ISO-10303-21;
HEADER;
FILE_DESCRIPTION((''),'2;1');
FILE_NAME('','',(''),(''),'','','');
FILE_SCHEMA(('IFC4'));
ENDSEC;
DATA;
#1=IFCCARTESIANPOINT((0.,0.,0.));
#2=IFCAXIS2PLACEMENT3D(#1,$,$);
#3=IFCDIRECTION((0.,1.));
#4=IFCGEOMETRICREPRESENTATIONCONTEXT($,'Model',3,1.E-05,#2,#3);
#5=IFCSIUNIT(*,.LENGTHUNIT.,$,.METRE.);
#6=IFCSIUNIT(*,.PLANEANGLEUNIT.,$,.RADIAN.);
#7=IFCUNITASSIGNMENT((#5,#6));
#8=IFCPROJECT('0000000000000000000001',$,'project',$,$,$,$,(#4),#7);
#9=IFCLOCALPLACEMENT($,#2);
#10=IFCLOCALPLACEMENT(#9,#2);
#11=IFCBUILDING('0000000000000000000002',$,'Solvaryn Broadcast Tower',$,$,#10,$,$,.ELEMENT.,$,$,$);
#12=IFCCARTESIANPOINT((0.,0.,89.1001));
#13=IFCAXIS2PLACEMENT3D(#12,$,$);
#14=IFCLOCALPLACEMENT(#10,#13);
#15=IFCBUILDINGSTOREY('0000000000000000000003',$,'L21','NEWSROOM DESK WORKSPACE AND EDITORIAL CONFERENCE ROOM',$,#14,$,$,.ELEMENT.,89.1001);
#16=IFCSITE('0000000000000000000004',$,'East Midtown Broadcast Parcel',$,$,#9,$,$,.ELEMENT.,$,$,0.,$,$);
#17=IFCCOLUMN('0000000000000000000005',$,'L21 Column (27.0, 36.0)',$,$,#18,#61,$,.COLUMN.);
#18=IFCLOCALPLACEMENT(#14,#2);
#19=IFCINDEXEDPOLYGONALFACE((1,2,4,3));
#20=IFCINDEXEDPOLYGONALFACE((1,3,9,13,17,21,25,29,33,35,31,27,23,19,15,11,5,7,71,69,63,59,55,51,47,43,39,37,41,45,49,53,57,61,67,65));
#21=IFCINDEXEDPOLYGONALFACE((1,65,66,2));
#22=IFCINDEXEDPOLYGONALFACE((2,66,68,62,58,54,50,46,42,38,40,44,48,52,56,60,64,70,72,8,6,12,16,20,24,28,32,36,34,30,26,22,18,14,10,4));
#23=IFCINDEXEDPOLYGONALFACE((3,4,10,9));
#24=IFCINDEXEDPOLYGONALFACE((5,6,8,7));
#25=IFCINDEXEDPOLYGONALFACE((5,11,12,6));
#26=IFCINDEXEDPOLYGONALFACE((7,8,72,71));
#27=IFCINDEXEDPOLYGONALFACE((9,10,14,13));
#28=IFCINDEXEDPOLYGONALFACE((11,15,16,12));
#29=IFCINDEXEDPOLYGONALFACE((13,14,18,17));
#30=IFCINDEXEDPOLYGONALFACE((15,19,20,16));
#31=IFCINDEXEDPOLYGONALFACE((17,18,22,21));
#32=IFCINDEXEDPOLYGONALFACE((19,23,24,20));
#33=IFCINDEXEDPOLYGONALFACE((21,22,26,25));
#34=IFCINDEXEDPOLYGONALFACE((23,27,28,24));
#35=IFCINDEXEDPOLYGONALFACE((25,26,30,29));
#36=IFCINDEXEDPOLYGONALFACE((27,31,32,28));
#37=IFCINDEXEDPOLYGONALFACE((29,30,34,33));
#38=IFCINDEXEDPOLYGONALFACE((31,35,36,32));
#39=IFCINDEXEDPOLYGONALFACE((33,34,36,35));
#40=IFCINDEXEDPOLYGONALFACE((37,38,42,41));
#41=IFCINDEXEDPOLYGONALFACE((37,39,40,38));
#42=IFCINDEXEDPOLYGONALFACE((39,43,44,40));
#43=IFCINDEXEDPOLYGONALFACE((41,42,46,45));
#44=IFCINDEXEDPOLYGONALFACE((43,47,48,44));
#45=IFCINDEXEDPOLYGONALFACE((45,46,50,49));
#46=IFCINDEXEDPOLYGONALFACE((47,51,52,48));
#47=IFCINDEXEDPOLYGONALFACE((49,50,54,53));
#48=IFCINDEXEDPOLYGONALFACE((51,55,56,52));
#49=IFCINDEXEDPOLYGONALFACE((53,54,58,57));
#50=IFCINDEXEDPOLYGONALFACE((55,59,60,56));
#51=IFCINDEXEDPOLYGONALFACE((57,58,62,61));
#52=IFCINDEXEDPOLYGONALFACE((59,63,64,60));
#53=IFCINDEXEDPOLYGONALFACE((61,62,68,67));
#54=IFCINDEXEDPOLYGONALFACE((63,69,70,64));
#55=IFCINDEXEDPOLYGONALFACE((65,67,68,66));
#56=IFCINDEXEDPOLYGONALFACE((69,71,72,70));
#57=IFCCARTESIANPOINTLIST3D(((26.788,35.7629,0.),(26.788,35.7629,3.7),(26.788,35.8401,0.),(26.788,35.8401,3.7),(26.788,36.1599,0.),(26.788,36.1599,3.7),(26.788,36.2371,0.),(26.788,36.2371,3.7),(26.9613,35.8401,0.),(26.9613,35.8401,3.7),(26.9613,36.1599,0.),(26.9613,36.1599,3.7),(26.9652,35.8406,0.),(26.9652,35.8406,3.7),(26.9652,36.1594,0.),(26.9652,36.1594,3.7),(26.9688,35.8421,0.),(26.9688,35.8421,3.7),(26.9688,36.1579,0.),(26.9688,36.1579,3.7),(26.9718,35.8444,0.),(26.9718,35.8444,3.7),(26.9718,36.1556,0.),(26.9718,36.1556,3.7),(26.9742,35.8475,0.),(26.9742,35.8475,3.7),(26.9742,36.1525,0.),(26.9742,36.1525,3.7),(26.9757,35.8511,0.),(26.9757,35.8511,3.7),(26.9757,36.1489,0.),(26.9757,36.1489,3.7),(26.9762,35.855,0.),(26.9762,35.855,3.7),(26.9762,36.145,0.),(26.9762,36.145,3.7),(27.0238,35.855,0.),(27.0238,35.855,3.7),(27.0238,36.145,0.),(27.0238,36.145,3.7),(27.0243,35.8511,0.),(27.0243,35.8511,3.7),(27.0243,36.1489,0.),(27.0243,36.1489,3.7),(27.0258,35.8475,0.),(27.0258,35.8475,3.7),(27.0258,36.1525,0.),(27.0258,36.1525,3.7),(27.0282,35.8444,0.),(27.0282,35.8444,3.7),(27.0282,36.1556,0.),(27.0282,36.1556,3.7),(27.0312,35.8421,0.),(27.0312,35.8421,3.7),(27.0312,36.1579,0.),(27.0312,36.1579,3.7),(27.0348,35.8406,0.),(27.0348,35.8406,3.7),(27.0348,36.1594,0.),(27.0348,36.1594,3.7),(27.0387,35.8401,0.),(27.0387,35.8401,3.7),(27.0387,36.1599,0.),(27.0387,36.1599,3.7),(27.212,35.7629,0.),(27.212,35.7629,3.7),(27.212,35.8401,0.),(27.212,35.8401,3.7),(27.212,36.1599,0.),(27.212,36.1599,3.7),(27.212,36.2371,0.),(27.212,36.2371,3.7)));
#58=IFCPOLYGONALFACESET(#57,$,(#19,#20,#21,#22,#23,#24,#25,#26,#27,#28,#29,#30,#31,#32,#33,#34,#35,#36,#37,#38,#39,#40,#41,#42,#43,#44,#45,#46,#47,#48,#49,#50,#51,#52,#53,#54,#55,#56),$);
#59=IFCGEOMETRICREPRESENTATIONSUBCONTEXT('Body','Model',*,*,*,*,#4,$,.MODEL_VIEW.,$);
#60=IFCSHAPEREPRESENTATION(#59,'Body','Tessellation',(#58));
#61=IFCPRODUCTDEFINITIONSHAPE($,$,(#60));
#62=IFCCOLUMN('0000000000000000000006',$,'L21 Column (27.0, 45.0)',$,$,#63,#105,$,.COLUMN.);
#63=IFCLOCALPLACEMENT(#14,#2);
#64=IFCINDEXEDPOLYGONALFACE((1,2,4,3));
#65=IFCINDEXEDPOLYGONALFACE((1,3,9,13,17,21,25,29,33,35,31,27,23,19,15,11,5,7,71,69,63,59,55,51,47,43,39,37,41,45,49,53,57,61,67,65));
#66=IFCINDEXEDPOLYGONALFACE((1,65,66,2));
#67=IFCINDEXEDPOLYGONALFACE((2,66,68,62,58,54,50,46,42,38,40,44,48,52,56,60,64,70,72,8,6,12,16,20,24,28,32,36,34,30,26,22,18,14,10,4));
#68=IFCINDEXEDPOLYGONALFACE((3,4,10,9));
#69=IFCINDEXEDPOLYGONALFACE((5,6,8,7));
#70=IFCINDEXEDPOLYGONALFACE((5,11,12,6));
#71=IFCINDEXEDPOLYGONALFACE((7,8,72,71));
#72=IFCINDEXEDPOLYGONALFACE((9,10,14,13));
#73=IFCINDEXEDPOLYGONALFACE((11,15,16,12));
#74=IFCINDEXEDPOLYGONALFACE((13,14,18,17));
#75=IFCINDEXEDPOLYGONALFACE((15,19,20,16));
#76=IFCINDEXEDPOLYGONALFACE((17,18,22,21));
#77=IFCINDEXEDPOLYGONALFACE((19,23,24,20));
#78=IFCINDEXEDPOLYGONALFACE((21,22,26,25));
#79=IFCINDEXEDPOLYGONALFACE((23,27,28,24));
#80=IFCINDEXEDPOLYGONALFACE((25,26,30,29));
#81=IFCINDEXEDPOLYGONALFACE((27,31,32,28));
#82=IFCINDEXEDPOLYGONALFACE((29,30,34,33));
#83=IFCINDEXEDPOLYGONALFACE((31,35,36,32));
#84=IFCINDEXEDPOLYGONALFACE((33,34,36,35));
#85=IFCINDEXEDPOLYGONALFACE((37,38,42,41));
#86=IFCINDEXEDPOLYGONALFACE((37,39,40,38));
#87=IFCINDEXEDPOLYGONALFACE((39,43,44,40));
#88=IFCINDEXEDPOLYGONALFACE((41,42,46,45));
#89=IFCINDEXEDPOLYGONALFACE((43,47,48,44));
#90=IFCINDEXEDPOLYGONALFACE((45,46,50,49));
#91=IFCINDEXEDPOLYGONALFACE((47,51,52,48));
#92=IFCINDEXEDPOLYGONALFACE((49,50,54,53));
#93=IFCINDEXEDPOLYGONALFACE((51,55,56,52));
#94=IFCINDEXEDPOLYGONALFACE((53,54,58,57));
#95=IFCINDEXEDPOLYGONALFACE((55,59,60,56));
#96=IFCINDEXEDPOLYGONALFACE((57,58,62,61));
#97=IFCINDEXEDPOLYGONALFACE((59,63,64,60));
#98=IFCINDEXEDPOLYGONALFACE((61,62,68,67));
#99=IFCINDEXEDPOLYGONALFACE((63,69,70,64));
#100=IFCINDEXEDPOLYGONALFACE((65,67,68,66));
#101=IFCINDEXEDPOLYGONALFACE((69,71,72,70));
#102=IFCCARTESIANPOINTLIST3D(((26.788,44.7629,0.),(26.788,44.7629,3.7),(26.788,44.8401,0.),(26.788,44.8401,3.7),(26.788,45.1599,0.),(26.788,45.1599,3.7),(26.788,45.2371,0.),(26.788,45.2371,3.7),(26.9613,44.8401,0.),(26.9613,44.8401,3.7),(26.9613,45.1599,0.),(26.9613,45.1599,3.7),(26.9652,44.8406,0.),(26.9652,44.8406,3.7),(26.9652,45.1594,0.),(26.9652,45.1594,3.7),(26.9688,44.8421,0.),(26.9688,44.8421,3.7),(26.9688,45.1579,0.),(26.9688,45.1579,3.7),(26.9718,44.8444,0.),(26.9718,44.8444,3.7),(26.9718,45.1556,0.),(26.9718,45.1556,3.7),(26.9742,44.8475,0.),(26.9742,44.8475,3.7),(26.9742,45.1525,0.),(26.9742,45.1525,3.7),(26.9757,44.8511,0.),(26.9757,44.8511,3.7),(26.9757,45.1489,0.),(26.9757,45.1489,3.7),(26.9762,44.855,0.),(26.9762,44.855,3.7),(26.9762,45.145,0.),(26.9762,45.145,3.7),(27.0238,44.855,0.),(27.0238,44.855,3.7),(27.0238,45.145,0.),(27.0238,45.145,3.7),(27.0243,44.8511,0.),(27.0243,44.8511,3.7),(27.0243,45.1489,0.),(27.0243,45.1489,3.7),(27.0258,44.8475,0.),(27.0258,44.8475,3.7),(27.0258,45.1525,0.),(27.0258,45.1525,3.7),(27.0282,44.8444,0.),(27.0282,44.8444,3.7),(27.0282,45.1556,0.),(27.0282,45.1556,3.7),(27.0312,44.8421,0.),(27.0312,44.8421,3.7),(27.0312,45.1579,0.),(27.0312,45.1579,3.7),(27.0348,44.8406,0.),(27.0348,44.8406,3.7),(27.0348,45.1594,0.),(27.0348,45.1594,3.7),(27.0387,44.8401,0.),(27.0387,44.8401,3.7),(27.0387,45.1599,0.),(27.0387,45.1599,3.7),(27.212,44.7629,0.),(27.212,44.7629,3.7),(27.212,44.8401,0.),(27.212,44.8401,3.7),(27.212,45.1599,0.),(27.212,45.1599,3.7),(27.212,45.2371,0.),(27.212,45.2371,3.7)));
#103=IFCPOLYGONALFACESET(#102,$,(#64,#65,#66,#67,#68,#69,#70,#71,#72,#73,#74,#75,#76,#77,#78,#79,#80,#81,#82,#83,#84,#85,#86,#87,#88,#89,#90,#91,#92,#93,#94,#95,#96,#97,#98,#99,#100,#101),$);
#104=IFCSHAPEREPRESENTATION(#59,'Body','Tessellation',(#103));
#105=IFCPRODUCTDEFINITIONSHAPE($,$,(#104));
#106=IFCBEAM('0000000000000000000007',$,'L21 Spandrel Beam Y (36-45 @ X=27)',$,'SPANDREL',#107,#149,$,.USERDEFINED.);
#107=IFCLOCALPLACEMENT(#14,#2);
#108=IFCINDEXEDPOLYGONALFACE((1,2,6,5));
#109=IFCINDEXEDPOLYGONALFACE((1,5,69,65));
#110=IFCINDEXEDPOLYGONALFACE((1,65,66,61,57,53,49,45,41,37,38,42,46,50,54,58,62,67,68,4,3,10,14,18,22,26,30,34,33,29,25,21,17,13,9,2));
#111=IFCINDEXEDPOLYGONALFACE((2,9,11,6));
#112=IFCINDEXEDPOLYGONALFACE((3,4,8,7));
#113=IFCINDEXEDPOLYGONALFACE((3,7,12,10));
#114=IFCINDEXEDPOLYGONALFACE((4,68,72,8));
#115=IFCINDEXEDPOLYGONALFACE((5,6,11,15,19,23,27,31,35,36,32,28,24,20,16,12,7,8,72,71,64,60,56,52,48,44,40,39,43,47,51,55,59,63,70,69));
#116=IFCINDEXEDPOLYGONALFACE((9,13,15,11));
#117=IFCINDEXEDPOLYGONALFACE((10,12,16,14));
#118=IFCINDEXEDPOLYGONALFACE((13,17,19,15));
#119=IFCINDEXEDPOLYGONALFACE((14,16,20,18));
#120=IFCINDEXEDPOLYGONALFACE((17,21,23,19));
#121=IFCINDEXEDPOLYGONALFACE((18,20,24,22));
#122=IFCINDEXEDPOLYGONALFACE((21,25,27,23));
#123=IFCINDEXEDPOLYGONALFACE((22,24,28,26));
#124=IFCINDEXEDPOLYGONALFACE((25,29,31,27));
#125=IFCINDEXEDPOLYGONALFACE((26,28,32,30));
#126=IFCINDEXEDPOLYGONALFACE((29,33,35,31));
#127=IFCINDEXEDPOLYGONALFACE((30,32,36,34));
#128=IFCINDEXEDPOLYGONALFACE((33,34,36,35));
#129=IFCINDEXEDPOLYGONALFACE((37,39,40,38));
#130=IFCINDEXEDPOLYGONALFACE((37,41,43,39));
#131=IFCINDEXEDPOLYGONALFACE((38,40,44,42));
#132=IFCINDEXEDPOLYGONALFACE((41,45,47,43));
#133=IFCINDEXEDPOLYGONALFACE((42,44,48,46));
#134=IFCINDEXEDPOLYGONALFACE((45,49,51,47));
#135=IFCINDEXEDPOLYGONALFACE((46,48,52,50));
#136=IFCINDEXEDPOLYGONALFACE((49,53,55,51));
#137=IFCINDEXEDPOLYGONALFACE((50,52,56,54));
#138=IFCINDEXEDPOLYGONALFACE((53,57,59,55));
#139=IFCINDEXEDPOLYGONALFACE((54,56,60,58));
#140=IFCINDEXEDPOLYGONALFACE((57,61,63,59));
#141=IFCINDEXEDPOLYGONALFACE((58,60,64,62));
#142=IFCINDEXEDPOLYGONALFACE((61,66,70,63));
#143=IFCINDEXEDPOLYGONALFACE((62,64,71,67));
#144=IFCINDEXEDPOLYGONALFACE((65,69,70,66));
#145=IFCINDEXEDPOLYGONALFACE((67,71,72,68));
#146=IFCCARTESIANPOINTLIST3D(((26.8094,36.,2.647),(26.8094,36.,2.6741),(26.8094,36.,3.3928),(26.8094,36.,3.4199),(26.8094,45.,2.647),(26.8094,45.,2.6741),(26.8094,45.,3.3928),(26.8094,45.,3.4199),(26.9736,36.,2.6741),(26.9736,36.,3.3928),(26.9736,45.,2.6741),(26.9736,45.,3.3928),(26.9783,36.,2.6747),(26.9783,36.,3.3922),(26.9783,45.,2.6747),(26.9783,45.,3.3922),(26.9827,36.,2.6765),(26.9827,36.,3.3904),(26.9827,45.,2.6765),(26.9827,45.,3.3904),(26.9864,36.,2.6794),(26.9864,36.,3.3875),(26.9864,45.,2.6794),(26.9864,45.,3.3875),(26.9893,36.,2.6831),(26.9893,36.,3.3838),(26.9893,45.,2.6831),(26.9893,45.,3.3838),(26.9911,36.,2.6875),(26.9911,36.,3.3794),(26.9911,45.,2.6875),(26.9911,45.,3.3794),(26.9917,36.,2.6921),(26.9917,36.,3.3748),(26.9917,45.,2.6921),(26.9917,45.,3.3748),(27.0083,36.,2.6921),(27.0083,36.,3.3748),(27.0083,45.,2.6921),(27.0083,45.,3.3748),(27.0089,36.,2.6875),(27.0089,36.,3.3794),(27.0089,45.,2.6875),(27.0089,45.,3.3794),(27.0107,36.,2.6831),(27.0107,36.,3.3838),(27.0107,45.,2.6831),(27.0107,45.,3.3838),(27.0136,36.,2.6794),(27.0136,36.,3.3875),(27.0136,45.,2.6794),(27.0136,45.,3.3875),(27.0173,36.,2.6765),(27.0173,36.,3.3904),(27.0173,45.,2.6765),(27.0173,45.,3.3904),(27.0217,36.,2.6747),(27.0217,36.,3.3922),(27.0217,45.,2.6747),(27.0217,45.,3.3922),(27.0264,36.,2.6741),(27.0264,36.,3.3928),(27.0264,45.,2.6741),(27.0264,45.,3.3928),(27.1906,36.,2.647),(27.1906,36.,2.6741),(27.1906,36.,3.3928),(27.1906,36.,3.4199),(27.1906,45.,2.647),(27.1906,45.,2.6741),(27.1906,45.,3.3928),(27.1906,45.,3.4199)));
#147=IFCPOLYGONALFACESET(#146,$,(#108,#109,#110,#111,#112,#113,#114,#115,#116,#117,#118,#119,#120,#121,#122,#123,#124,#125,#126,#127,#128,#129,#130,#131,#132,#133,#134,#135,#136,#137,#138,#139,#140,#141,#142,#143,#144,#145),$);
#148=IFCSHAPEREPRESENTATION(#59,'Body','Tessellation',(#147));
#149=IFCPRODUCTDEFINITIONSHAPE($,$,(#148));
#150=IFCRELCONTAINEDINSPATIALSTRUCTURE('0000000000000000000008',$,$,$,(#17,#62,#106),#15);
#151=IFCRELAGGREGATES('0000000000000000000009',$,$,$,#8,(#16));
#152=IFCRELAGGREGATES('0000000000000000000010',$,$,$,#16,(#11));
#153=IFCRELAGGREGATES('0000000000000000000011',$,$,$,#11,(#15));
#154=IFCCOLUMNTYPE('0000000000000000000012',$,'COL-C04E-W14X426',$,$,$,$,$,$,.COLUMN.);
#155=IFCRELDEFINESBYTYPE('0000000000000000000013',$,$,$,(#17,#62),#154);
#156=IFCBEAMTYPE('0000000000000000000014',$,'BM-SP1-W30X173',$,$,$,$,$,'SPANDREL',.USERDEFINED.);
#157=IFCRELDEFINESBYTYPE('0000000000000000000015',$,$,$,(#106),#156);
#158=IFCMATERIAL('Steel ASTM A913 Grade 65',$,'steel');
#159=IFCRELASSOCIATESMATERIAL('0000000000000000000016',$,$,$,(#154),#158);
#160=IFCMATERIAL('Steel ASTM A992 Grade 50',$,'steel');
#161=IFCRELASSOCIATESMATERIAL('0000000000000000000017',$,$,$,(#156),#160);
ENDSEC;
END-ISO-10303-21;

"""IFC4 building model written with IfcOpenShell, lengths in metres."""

from ifc_helpers import new_model, si_unit, direction, frame, origin, origin_2d, place, context, subcontext, project, spatial, i_section, extrude, material, material_profile, profile_set, type_object, element, save


model = new_model("IFC4")

# Units and contexts
model_context = context("Model", 3, precision=1e-05, world=origin(), true_north=direction((0.0, 1.0)))
body_context = subcontext(model_context, "Body", "Model", "MODEL_VIEW")
ifc_project = project(units=[si_unit("LENGTHUNIT", "METRE"), si_unit("PLANEANGLEUNIT", "RADIAN")], contexts=[model_context])

# Site, building, storey
site_placement = place(None, origin())
site = spatial("IfcSite", under=ifc_project, at=site_placement, Name="East Midtown Broadcast Parcel", CompositionType="ELEMENT", RefElevation=0.0)
building_placement = place(site_placement, origin())
building = spatial("IfcBuilding", under=site, at=building_placement, Name="Solvaryn Broadcast Tower", CompositionType="ELEMENT")
storey_placement = place(building_placement, frame((0.0, 0.0, 89.1001)))
storey = spatial("IfcBuildingStorey", under=building, at=storey_placement, Name="L21", Description="NEWSROOM DESK WORKSPACE AND EDITORIAL CONFERENCE ROOM", CompositionType="ELEMENT", Elevation=89.1001)

# Columns
ifc_material_1 = material(Name="Steel ASTM A913 Grade 65", Category="steel")
ifc_material_profile_1 = material_profile(ifc_material_1, i_section(OverallWidth=0.4241, OverallDepth=0.4741, WebThickness=0.0476, FlangeThickness=0.0771, FilletRadius=0.0149, at=origin_2d()))
ifc_profile_set_1 = profile_set([ifc_material_profile_1], Name="Steel ASTM A913 Grade 65")
column_type = type_object("IfcColumnType", Name="COL-C04E-W14X426", PredefinedType="COLUMN", material=ifc_profile_set_1)
for number, where, z_axis, x_axis, name in (
    (1, (27.0, 36.0, 0.0), (0.0, 0.0, 1.0), (1.0, 0.0, 0.0), "L21 Column (27.0, 36.0)"),
    (2, (27.0, 45.0, 0.0), (0.0, 0.0, 1.0), (1.0, 0.0, 0.0), "L21 Column (27.0, 45.0)"),
):
    element("IfcColumn", number, at=place(storey_placement, frame(where, z_axis=z_axis, x_axis=x_axis)), inside=storey, type_object=column_type, Name=name, PredefinedType="COLUMN", context=body_context, shape_type="SweptSolid", body=[
        extrude(i_section(OverallWidth=0.4241, OverallDepth=0.4741, WebThickness=0.0476, FlangeThickness=0.0771, FilletRadius=0.0149, at=origin_2d()), origin(), (0.0, 0.0, 1.0), 3.7),
    ])

# Beam
ifc_material_2 = material(Name="Steel ASTM A992 Grade 50", Category="steel")
ifc_material_profile_2 = material_profile(ifc_material_2, i_section(OverallWidth=0.3811, OverallDepth=0.7729, WebThickness=0.0166, FlangeThickness=0.0271, FilletRadius=0.0181, at=origin_2d()))
ifc_profile_set_2 = profile_set([ifc_material_profile_2], Name="Steel ASTM A992 Grade 50")
beam_type = type_object("IfcBeamType", Name="BM-SP1-W30X173", ElementType="SPANDREL", PredefinedType="USERDEFINED", material=ifc_profile_set_2)
beam_placement = place(storey_placement, frame((27.0, 36.0, 3.0334), z_axis=(0.0, 1.0, 0.0), x_axis=(-1.0, 0.0, 0.0)))
element("IfcBeam", 3, at=beam_placement, inside=storey, type_object=beam_type, Name="L21 Spandrel Beam Y (36-45 @ X=27)", ObjectType="SPANDREL", PredefinedType="USERDEFINED", context=body_context, shape_type="SweptSolid", body=[
    extrude(i_section(OverallWidth=0.3811, OverallDepth=0.7729, WebThickness=0.0166, FlangeThickness=0.0271, FilletRadius=0.0181, at=origin_2d()), origin(), (0.0, 0.0, 1.0), 9.0),
])

save(model, "model.ifc")
